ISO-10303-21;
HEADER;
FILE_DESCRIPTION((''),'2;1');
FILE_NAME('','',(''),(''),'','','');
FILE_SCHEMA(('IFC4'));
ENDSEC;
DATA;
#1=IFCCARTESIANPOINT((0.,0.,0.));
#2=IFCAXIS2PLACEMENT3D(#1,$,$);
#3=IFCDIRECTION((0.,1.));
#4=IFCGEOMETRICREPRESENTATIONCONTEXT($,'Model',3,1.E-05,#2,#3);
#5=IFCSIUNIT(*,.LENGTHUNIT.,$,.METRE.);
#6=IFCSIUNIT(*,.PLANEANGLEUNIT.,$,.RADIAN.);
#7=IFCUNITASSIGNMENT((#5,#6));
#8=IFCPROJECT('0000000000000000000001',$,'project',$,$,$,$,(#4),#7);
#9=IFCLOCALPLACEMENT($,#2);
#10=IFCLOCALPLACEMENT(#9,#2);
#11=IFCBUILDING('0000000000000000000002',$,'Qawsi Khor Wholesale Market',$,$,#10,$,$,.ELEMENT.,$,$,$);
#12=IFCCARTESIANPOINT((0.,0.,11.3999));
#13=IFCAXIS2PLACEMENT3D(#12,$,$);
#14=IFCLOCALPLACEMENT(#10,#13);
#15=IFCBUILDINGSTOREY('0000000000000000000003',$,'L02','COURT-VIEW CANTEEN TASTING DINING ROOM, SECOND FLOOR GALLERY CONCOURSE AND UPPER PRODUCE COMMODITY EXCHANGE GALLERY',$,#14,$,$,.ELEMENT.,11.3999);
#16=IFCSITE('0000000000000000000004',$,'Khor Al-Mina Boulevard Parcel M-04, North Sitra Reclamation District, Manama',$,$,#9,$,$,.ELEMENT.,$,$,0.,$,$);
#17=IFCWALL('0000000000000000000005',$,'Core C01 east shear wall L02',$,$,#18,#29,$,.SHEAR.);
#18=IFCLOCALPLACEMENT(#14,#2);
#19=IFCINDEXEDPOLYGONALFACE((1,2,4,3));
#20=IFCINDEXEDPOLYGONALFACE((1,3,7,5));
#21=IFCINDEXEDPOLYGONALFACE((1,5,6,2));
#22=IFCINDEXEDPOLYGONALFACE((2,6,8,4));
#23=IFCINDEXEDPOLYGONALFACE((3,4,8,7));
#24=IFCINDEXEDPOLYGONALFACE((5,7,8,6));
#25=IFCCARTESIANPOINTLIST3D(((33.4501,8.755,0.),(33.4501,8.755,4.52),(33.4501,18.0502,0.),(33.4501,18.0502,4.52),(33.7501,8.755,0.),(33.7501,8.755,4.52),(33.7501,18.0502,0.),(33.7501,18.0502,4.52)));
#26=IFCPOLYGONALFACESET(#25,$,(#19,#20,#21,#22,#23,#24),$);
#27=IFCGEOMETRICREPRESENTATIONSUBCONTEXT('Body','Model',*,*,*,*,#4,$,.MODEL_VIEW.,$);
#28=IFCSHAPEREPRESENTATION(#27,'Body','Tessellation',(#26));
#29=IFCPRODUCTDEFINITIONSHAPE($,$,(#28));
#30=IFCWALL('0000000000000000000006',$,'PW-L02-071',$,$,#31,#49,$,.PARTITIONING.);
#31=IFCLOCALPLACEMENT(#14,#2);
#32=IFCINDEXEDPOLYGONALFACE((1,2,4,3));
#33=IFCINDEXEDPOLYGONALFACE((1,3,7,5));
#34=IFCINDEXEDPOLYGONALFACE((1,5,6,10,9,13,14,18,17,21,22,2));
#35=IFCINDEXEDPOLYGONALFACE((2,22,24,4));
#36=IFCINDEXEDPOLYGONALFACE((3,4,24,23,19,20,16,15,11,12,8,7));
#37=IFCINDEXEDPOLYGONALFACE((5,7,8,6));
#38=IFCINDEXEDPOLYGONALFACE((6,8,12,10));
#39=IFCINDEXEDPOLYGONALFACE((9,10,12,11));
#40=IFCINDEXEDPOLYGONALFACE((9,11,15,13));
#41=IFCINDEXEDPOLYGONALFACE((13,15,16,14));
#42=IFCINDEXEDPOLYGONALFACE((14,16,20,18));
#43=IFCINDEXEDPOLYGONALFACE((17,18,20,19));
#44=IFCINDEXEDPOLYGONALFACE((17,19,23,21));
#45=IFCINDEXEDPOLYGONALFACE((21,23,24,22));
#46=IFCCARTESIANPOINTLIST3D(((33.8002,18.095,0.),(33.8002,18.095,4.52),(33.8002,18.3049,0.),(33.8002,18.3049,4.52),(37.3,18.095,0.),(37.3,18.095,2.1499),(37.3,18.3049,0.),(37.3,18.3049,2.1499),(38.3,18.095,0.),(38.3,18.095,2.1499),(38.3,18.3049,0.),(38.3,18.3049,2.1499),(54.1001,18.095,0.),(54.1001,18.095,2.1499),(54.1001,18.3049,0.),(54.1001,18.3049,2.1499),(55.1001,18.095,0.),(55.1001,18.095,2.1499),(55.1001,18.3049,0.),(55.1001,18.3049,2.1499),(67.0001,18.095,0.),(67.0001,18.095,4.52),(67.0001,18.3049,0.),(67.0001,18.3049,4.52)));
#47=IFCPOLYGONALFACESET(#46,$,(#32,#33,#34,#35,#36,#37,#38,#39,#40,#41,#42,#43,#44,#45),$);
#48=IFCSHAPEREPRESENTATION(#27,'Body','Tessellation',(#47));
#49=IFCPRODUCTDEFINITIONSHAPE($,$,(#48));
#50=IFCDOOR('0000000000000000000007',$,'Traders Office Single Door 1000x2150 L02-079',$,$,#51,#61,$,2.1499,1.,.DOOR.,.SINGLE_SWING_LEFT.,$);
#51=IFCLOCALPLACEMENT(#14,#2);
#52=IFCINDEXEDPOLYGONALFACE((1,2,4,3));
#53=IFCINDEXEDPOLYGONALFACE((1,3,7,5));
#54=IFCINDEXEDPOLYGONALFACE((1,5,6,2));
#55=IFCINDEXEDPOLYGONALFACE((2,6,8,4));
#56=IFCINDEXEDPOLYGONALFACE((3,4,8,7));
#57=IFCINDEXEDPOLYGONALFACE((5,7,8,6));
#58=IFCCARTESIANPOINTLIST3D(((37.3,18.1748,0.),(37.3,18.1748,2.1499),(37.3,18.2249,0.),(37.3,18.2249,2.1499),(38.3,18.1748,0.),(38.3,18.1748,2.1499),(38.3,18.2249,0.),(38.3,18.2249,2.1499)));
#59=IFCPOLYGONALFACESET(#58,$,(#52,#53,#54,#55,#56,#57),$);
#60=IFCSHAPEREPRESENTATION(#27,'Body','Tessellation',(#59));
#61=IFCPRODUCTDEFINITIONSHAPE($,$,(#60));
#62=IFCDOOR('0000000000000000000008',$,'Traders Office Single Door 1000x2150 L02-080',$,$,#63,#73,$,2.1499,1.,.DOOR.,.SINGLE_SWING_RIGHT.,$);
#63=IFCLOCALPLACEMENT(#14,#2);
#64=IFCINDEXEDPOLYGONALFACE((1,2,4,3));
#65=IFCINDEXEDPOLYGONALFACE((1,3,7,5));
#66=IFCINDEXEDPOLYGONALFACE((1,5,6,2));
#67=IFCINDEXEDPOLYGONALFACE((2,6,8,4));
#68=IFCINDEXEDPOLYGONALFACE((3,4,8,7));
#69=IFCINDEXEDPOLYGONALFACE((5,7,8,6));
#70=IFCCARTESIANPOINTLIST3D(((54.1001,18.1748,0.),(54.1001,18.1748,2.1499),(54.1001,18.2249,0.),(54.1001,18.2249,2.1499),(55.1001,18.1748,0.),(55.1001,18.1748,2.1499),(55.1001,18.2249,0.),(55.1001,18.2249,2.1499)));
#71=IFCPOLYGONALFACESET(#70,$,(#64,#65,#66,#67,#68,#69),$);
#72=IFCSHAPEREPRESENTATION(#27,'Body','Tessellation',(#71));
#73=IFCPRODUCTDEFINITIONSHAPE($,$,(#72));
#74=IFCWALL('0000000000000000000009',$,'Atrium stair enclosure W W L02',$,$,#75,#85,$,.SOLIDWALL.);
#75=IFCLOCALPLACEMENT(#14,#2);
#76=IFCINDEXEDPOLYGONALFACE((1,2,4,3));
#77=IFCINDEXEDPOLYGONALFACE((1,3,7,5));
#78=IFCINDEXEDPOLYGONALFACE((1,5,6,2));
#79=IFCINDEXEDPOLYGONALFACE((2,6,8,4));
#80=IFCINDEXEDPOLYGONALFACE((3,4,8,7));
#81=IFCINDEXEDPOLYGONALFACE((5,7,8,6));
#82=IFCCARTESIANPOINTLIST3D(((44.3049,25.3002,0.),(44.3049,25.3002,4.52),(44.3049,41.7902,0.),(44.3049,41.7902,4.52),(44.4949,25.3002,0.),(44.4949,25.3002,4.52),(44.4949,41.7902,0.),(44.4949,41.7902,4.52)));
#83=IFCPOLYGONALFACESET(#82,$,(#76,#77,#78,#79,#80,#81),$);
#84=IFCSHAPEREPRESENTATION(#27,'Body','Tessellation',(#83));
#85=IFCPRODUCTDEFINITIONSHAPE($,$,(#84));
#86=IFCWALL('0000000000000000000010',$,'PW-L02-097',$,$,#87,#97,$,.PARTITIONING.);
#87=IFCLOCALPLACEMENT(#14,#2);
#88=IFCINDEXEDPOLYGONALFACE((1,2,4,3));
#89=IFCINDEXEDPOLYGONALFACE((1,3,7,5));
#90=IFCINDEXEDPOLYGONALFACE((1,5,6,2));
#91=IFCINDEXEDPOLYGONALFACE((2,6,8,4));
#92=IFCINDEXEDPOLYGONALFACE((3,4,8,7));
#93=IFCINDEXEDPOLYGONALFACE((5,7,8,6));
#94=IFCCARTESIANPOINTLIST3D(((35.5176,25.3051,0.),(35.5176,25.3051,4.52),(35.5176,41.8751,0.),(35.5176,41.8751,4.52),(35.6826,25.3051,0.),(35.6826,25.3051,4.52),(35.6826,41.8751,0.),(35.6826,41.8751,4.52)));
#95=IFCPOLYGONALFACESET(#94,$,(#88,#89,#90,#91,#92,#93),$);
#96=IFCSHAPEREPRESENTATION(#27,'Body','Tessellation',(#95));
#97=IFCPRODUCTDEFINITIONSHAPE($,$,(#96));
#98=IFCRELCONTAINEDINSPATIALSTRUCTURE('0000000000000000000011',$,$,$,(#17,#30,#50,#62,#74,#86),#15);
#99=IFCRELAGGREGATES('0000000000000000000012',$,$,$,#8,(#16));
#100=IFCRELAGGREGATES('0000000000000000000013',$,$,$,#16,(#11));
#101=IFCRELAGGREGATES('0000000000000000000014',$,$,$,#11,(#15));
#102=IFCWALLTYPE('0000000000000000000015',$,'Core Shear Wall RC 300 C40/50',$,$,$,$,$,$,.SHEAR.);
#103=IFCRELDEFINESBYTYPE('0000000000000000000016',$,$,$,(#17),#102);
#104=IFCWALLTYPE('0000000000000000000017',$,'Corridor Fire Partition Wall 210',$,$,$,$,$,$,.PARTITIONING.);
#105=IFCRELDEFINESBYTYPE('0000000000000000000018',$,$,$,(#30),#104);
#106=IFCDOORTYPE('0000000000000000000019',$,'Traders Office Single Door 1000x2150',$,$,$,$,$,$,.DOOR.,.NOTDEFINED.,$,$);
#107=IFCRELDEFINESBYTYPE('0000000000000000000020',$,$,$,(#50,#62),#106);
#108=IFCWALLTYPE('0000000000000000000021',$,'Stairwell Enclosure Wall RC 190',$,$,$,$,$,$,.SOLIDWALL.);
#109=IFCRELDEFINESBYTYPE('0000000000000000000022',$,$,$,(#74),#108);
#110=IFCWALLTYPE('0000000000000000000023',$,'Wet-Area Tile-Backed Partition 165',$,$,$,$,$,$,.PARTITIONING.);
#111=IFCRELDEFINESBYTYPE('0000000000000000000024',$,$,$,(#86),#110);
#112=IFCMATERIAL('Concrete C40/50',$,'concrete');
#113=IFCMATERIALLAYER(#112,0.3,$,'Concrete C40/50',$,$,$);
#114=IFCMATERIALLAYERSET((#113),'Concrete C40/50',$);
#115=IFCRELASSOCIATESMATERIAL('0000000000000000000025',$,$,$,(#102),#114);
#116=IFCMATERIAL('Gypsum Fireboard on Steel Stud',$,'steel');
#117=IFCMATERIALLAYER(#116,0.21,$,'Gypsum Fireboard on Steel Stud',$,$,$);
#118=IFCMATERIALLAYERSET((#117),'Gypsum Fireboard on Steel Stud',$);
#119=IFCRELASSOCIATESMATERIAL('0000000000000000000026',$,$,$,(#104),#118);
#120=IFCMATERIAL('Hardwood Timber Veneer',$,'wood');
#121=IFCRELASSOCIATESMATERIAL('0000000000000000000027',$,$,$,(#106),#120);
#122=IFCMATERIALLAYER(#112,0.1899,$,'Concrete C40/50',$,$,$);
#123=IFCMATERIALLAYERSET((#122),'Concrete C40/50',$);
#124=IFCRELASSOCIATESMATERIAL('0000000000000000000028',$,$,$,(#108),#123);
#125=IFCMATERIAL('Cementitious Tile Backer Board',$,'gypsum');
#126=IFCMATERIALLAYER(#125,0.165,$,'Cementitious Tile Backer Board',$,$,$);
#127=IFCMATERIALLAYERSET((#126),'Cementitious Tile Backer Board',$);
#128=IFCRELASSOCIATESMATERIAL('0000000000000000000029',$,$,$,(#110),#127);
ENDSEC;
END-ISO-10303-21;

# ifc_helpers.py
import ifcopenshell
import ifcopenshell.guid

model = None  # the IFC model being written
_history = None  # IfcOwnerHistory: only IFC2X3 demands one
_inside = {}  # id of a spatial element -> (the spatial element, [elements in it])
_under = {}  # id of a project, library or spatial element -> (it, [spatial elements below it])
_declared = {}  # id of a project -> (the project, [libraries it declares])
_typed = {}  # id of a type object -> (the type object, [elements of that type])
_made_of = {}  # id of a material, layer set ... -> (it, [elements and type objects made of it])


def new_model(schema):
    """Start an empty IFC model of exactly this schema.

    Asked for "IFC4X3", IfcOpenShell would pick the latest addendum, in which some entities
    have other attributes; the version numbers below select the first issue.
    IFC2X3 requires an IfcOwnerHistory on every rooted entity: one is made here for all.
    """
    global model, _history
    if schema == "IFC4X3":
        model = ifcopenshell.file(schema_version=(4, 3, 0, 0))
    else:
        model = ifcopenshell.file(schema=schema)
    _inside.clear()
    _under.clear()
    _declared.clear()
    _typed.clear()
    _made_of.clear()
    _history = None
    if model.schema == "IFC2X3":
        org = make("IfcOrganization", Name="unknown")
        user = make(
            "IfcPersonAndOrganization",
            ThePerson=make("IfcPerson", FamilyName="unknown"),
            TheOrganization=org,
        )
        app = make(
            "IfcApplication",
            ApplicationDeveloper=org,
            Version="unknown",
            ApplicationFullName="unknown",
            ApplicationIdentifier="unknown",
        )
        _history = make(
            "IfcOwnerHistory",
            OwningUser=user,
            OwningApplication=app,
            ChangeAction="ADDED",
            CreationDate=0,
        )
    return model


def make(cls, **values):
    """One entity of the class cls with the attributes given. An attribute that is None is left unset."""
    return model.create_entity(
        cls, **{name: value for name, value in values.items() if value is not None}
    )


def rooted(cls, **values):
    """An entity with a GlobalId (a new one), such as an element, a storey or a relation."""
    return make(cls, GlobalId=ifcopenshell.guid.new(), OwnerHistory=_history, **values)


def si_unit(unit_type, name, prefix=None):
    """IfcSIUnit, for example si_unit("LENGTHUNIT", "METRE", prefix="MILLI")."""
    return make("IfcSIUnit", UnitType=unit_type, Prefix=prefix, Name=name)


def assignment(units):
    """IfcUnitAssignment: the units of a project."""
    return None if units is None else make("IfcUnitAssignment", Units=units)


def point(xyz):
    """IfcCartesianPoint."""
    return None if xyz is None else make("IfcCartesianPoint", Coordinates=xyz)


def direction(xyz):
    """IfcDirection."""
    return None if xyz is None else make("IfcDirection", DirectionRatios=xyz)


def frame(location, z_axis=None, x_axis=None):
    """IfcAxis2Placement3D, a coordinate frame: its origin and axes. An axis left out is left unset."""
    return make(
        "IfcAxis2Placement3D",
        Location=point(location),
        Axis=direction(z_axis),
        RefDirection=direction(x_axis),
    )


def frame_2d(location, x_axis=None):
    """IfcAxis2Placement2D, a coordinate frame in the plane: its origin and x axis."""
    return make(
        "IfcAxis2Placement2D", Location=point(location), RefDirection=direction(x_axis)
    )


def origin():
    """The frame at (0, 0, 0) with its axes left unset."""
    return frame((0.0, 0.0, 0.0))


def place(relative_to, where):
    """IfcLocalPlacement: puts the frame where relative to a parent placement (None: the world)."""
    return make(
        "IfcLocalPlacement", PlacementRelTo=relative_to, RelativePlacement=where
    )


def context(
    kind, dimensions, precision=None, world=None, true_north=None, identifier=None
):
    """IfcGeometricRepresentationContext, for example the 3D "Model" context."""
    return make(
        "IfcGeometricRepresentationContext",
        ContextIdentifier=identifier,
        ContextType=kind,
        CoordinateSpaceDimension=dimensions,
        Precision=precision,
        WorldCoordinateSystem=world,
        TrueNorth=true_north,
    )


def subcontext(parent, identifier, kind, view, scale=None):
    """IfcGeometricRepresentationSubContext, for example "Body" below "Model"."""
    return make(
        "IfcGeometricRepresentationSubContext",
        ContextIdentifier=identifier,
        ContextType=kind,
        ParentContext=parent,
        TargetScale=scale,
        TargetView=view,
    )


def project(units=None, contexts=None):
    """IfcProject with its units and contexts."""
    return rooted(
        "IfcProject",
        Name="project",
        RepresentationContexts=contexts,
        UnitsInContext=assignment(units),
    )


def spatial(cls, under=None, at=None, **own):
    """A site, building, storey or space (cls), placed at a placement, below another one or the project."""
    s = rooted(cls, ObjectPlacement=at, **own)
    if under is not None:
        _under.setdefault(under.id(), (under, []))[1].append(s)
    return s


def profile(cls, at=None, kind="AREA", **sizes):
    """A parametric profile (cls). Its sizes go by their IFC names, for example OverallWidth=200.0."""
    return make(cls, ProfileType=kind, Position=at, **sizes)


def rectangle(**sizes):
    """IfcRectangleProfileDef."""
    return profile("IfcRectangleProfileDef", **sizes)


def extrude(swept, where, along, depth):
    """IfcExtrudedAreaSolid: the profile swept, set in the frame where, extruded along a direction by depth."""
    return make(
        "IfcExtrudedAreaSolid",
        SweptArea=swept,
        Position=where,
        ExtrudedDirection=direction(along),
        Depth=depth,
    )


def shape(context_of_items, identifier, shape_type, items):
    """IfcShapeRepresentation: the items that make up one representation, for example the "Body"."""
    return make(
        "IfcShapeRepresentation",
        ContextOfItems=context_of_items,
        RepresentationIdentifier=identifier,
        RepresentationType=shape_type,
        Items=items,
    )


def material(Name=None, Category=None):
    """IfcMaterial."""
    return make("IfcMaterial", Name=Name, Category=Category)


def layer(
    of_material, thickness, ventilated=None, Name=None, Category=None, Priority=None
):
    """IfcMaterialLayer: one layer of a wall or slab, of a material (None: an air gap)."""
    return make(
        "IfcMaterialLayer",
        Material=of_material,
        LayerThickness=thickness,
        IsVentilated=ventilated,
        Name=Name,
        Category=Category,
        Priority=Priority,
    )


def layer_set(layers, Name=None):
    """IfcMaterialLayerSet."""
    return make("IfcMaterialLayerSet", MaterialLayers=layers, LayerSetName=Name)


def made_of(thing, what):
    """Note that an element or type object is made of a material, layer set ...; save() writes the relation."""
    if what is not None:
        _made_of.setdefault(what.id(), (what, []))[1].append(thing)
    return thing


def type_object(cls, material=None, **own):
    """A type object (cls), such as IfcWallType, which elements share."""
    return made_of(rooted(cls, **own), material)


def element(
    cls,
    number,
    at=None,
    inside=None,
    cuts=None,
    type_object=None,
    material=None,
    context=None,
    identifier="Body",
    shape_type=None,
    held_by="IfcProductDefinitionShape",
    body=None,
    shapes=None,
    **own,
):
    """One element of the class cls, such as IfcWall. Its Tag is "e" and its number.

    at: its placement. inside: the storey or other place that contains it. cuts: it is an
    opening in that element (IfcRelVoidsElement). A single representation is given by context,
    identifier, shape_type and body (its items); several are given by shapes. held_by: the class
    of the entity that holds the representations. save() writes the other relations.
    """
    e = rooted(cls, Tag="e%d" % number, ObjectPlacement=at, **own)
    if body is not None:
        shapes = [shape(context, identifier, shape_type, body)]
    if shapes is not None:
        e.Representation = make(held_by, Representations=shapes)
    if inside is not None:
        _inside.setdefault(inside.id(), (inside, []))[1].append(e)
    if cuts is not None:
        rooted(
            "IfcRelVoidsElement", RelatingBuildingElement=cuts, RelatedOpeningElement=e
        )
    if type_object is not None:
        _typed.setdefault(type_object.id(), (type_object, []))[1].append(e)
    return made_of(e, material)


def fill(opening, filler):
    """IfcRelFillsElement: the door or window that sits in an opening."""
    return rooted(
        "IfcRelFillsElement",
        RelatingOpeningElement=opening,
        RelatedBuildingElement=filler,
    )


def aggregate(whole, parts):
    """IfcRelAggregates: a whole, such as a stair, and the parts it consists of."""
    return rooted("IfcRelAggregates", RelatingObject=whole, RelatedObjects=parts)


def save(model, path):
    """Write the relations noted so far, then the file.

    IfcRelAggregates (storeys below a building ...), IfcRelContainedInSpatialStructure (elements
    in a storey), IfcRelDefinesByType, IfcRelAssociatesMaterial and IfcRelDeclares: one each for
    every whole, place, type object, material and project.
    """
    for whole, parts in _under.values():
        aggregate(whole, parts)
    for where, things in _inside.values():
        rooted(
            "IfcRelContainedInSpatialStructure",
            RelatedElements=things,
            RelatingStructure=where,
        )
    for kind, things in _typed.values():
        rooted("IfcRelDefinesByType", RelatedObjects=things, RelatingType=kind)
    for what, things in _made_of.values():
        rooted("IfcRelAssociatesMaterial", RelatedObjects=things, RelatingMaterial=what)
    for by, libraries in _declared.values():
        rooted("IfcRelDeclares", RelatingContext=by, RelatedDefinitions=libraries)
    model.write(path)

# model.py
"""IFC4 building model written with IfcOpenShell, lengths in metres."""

from ifc_helpers import new_model, si_unit, direction, frame, frame_2d, origin, place, context, subcontext, project, spatial, rectangle, extrude, material, layer, layer_set, type_object, element, fill, save


model = new_model("IFC4")

# Units and contexts
model_context = context("Model", 3, precision=1e-05, world=origin(), true_north=direction((0.0, 1.0)))
body_context = subcontext(model_context, "Body", "Model", "MODEL_VIEW")
ifc_project = project(units=[si_unit("LENGTHUNIT", "METRE"), si_unit("PLANEANGLEUNIT", "RADIAN")], contexts=[model_context])

# Site, building, storey
site_placement = place(None, origin())
site = spatial("IfcSite", under=ifc_project, at=site_placement, Name="Khor Al-Mina Boulevard Parcel M-04, North Sitra Reclamation District, Manama", CompositionType="ELEMENT", RefElevation=0.0)
building_placement = place(site_placement, origin())
building = spatial("IfcBuilding", under=site, at=building_placement, Name="Qawsi Khor Wholesale Market", CompositionType="ELEMENT")
storey_placement = place(building_placement, frame((0.0, 0.0, 11.3999)))
storey = spatial("IfcBuildingStorey", under=building, at=storey_placement, Name="L02", Description="COURT-VIEW CANTEEN TASTING DINING ROOM, SECOND FLOOR GALLERY CONCOURSE AND UPPER PRODUCE COMMODITY EXCHANGE GALLERY", CompositionType="ELEMENT", Elevation=11.3999)

# Shared definitions
ifc_material_1 = material(Name="Concrete C40/50", Category="concrete")

# Wall
ifc_layer_1 = layer(ifc_material_1, 0.3, Name="Concrete C40/50")
ifc_layer_set_1 = layer_set([ifc_layer_1], Name="Concrete C40/50")
wall_type_1 = type_object("IfcWallType", Name="Core Shear Wall RC 300 C40/50", PredefinedType="SHEAR", material=ifc_layer_set_1)
wall_1_placement = place(storey_placement, frame((33.6001, 18.05, 0.0), z_axis=(0.0, 0.0, 1.0), x_axis=(0.0, -1.0, 0.0)))
element("IfcWall", 1, at=wall_1_placement, inside=storey, type_object=wall_type_1, Name="Core C01 east shear wall L02", PredefinedType="SHEAR", context=body_context, shape_type="SweptSolid", body=[
    extrude(rectangle(XDim=9.2952, YDim=0.3, at=frame_2d((4.6475, 0.0))), origin(), (0.0, 0.0, 1.0), 4.52),
])

# Wall, openings, doors
ifc_material_2 = material(Name="Gypsum Fireboard on Steel Stud", Category="steel")
ifc_layer_2 = layer(ifc_material_2, 0.21, Name="Gypsum Fireboard on Steel Stud")
ifc_layer_set_2 = layer_set([ifc_layer_2], Name="Gypsum Fireboard on Steel Stud")
wall_type_2 = type_object("IfcWallType", Name="Corridor Fire Partition Wall 210", PredefinedType="PARTITIONING", material=ifc_layer_set_2)
wall_2_placement = place(storey_placement, frame((33.8, 18.2, 0.0), z_axis=(0.0, 0.0, 1.0), x_axis=(1.0, 0.0, 0.0)))
wall_2 = element("IfcWall", 2, at=wall_2_placement, inside=storey, type_object=wall_type_2, Name="PW-L02-071", PredefinedType="PARTITIONING", context=body_context, shape_type="SweptSolid", body=[
    extrude(rectangle(XDim=33.2, YDim=0.21, at=frame_2d((16.6001, 0.0))), origin(), (0.0, 0.0, 1.0), 4.52),
])
opening_1_placement = place(wall_2_placement, frame((3.5, 0.0, 0.0)))
opening_1 = element("IfcOpeningElement", 3, at=opening_1_placement, cuts=wall_2, PredefinedType="OPENING", context=body_context, shape_type="SweptSolid", body=[
    extrude(rectangle(XDim=1.0, YDim=2.1499, at=frame_2d((0.5, 1.075))), frame((0.0, 0.115, 0.0), z_axis=(0.0, -1.0, 0.0), x_axis=(1.0, 0.0, 0.0)), (0.0, 0.0, 1.0), 0.23),
])
opening_2_placement = place(wall_2_placement, frame((20.3, 0.0, 0.0)))
opening_2 = element("IfcOpeningElement", 4, at=opening_2_placement, cuts=wall_2, PredefinedType="OPENING", context=body_context, shape_type="SweptSolid", body=[
    extrude(rectangle(XDim=1.0, YDim=2.1499, at=frame_2d((0.5, 1.075))), frame((0.0, 0.115, 0.0), z_axis=(0.0, -1.0, 0.0), x_axis=(1.0, 0.0, 0.0)), (0.0, 0.0, 1.0), 0.23),
])
ifc_material_3 = material(Name="Hardwood Timber Veneer", Category="wood")
door_type = type_object("IfcDoorType", Name="Traders Office Single Door 1000x2150", OperationType="NOTDEFINED", PredefinedType="DOOR", material=ifc_material_3)
door_1_placement = place(opening_1_placement, origin())
door_1 = element("IfcDoor", 5, at=door_1_placement, inside=storey, type_object=door_type, Name="Traders Office Single Door 1000x2150 L02-079", OperationType="SINGLE_SWING_LEFT", OverallHeight=2.1499, OverallWidth=1.0, PredefinedType="DOOR", context=body_context, shape_type="SweptSolid", body=[
    extrude(rectangle(XDim=1.0, YDim=2.1499, at=frame_2d((0.5, 1.075))), frame((0.0, 0.0249, 0.0), z_axis=(0.0, -1.0, 0.0), x_axis=(1.0, 0.0, 0.0)), (0.0, 0.0, 1.0), 0.05),
])
fill(opening_1, door_1)
door_2_placement = place(opening_2_placement, origin())
door_2 = element("IfcDoor", 6, at=door_2_placement, inside=storey, type_object=door_type, Name="Traders Office Single Door 1000x2150 L02-080", OperationType="SINGLE_SWING_RIGHT", OverallHeight=2.1499, OverallWidth=1.0, PredefinedType="DOOR", context=body_context, shape_type="SweptSolid", body=[
    extrude(rectangle(XDim=1.0, YDim=2.1499, at=frame_2d((0.5, 1.075))), frame((0.0, 0.0249, 0.0), z_axis=(0.0, -1.0, 0.0), x_axis=(1.0, 0.0, 0.0)), (0.0, 0.0, 1.0), 0.05),
])
fill(opening_2, door_2)

# Walls
ifc_layer_3 = layer(ifc_material_1, 0.1899, Name="Concrete C40/50")
ifc_layer_set_3 = layer_set([ifc_layer_3], Name="Concrete C40/50")
wall_type_3 = type_object("IfcWallType", Name="Stairwell Enclosure Wall RC 190", PredefinedType="SOLIDWALL", material=ifc_layer_set_3)
wall_3_placement = place(storey_placement, frame((44.3999, 25.3, 0.0), z_axis=(0.0, 0.0, 1.0), x_axis=(0.0, 1.0, 0.0)))
element("IfcWall", 7, at=wall_3_placement, inside=storey, type_object=wall_type_3, Name="Atrium stair enclosure W W L02", PredefinedType="SOLIDWALL", context=body_context, shape_type="SweptSolid", body=[
    extrude(rectangle(XDim=16.49, YDim=0.1899, at=frame_2d((8.2451, 0.0))), origin(), (0.0, 0.0, 1.0), 4.52),
])
ifc_material_4 = material(Name="Cementitious Tile Backer Board", Category="gypsum")
ifc_layer_4 = layer(ifc_material_4, 0.165, Name="Cementitious Tile Backer Board")
ifc_layer_set_4 = layer_set([ifc_layer_4], Name="Cementitious Tile Backer Board")
wall_type_4 = type_object("IfcWallType", Name="Wet-Area Tile-Backed Partition 165", PredefinedType="PARTITIONING", material=ifc_layer_set_4)
wall_4_placement = place(storey_placement, frame((35.6001, 25.3049, 0.0), z_axis=(0.0, 0.0, 1.0), x_axis=(0.0, 1.0, 0.0)))
element("IfcWall", 8, at=wall_4_placement, inside=storey, type_object=wall_type_4, Name="PW-L02-097", PredefinedType="PARTITIONING", context=body_context, shape_type="SweptSolid", body=[
    extrude(rectangle(XDim=16.5701, YDim=0.165, at=frame_2d((8.2852, 0.0))), origin(), (0.0, 0.0, 1.0), 4.52),
])

save(model, "model.ifc")
